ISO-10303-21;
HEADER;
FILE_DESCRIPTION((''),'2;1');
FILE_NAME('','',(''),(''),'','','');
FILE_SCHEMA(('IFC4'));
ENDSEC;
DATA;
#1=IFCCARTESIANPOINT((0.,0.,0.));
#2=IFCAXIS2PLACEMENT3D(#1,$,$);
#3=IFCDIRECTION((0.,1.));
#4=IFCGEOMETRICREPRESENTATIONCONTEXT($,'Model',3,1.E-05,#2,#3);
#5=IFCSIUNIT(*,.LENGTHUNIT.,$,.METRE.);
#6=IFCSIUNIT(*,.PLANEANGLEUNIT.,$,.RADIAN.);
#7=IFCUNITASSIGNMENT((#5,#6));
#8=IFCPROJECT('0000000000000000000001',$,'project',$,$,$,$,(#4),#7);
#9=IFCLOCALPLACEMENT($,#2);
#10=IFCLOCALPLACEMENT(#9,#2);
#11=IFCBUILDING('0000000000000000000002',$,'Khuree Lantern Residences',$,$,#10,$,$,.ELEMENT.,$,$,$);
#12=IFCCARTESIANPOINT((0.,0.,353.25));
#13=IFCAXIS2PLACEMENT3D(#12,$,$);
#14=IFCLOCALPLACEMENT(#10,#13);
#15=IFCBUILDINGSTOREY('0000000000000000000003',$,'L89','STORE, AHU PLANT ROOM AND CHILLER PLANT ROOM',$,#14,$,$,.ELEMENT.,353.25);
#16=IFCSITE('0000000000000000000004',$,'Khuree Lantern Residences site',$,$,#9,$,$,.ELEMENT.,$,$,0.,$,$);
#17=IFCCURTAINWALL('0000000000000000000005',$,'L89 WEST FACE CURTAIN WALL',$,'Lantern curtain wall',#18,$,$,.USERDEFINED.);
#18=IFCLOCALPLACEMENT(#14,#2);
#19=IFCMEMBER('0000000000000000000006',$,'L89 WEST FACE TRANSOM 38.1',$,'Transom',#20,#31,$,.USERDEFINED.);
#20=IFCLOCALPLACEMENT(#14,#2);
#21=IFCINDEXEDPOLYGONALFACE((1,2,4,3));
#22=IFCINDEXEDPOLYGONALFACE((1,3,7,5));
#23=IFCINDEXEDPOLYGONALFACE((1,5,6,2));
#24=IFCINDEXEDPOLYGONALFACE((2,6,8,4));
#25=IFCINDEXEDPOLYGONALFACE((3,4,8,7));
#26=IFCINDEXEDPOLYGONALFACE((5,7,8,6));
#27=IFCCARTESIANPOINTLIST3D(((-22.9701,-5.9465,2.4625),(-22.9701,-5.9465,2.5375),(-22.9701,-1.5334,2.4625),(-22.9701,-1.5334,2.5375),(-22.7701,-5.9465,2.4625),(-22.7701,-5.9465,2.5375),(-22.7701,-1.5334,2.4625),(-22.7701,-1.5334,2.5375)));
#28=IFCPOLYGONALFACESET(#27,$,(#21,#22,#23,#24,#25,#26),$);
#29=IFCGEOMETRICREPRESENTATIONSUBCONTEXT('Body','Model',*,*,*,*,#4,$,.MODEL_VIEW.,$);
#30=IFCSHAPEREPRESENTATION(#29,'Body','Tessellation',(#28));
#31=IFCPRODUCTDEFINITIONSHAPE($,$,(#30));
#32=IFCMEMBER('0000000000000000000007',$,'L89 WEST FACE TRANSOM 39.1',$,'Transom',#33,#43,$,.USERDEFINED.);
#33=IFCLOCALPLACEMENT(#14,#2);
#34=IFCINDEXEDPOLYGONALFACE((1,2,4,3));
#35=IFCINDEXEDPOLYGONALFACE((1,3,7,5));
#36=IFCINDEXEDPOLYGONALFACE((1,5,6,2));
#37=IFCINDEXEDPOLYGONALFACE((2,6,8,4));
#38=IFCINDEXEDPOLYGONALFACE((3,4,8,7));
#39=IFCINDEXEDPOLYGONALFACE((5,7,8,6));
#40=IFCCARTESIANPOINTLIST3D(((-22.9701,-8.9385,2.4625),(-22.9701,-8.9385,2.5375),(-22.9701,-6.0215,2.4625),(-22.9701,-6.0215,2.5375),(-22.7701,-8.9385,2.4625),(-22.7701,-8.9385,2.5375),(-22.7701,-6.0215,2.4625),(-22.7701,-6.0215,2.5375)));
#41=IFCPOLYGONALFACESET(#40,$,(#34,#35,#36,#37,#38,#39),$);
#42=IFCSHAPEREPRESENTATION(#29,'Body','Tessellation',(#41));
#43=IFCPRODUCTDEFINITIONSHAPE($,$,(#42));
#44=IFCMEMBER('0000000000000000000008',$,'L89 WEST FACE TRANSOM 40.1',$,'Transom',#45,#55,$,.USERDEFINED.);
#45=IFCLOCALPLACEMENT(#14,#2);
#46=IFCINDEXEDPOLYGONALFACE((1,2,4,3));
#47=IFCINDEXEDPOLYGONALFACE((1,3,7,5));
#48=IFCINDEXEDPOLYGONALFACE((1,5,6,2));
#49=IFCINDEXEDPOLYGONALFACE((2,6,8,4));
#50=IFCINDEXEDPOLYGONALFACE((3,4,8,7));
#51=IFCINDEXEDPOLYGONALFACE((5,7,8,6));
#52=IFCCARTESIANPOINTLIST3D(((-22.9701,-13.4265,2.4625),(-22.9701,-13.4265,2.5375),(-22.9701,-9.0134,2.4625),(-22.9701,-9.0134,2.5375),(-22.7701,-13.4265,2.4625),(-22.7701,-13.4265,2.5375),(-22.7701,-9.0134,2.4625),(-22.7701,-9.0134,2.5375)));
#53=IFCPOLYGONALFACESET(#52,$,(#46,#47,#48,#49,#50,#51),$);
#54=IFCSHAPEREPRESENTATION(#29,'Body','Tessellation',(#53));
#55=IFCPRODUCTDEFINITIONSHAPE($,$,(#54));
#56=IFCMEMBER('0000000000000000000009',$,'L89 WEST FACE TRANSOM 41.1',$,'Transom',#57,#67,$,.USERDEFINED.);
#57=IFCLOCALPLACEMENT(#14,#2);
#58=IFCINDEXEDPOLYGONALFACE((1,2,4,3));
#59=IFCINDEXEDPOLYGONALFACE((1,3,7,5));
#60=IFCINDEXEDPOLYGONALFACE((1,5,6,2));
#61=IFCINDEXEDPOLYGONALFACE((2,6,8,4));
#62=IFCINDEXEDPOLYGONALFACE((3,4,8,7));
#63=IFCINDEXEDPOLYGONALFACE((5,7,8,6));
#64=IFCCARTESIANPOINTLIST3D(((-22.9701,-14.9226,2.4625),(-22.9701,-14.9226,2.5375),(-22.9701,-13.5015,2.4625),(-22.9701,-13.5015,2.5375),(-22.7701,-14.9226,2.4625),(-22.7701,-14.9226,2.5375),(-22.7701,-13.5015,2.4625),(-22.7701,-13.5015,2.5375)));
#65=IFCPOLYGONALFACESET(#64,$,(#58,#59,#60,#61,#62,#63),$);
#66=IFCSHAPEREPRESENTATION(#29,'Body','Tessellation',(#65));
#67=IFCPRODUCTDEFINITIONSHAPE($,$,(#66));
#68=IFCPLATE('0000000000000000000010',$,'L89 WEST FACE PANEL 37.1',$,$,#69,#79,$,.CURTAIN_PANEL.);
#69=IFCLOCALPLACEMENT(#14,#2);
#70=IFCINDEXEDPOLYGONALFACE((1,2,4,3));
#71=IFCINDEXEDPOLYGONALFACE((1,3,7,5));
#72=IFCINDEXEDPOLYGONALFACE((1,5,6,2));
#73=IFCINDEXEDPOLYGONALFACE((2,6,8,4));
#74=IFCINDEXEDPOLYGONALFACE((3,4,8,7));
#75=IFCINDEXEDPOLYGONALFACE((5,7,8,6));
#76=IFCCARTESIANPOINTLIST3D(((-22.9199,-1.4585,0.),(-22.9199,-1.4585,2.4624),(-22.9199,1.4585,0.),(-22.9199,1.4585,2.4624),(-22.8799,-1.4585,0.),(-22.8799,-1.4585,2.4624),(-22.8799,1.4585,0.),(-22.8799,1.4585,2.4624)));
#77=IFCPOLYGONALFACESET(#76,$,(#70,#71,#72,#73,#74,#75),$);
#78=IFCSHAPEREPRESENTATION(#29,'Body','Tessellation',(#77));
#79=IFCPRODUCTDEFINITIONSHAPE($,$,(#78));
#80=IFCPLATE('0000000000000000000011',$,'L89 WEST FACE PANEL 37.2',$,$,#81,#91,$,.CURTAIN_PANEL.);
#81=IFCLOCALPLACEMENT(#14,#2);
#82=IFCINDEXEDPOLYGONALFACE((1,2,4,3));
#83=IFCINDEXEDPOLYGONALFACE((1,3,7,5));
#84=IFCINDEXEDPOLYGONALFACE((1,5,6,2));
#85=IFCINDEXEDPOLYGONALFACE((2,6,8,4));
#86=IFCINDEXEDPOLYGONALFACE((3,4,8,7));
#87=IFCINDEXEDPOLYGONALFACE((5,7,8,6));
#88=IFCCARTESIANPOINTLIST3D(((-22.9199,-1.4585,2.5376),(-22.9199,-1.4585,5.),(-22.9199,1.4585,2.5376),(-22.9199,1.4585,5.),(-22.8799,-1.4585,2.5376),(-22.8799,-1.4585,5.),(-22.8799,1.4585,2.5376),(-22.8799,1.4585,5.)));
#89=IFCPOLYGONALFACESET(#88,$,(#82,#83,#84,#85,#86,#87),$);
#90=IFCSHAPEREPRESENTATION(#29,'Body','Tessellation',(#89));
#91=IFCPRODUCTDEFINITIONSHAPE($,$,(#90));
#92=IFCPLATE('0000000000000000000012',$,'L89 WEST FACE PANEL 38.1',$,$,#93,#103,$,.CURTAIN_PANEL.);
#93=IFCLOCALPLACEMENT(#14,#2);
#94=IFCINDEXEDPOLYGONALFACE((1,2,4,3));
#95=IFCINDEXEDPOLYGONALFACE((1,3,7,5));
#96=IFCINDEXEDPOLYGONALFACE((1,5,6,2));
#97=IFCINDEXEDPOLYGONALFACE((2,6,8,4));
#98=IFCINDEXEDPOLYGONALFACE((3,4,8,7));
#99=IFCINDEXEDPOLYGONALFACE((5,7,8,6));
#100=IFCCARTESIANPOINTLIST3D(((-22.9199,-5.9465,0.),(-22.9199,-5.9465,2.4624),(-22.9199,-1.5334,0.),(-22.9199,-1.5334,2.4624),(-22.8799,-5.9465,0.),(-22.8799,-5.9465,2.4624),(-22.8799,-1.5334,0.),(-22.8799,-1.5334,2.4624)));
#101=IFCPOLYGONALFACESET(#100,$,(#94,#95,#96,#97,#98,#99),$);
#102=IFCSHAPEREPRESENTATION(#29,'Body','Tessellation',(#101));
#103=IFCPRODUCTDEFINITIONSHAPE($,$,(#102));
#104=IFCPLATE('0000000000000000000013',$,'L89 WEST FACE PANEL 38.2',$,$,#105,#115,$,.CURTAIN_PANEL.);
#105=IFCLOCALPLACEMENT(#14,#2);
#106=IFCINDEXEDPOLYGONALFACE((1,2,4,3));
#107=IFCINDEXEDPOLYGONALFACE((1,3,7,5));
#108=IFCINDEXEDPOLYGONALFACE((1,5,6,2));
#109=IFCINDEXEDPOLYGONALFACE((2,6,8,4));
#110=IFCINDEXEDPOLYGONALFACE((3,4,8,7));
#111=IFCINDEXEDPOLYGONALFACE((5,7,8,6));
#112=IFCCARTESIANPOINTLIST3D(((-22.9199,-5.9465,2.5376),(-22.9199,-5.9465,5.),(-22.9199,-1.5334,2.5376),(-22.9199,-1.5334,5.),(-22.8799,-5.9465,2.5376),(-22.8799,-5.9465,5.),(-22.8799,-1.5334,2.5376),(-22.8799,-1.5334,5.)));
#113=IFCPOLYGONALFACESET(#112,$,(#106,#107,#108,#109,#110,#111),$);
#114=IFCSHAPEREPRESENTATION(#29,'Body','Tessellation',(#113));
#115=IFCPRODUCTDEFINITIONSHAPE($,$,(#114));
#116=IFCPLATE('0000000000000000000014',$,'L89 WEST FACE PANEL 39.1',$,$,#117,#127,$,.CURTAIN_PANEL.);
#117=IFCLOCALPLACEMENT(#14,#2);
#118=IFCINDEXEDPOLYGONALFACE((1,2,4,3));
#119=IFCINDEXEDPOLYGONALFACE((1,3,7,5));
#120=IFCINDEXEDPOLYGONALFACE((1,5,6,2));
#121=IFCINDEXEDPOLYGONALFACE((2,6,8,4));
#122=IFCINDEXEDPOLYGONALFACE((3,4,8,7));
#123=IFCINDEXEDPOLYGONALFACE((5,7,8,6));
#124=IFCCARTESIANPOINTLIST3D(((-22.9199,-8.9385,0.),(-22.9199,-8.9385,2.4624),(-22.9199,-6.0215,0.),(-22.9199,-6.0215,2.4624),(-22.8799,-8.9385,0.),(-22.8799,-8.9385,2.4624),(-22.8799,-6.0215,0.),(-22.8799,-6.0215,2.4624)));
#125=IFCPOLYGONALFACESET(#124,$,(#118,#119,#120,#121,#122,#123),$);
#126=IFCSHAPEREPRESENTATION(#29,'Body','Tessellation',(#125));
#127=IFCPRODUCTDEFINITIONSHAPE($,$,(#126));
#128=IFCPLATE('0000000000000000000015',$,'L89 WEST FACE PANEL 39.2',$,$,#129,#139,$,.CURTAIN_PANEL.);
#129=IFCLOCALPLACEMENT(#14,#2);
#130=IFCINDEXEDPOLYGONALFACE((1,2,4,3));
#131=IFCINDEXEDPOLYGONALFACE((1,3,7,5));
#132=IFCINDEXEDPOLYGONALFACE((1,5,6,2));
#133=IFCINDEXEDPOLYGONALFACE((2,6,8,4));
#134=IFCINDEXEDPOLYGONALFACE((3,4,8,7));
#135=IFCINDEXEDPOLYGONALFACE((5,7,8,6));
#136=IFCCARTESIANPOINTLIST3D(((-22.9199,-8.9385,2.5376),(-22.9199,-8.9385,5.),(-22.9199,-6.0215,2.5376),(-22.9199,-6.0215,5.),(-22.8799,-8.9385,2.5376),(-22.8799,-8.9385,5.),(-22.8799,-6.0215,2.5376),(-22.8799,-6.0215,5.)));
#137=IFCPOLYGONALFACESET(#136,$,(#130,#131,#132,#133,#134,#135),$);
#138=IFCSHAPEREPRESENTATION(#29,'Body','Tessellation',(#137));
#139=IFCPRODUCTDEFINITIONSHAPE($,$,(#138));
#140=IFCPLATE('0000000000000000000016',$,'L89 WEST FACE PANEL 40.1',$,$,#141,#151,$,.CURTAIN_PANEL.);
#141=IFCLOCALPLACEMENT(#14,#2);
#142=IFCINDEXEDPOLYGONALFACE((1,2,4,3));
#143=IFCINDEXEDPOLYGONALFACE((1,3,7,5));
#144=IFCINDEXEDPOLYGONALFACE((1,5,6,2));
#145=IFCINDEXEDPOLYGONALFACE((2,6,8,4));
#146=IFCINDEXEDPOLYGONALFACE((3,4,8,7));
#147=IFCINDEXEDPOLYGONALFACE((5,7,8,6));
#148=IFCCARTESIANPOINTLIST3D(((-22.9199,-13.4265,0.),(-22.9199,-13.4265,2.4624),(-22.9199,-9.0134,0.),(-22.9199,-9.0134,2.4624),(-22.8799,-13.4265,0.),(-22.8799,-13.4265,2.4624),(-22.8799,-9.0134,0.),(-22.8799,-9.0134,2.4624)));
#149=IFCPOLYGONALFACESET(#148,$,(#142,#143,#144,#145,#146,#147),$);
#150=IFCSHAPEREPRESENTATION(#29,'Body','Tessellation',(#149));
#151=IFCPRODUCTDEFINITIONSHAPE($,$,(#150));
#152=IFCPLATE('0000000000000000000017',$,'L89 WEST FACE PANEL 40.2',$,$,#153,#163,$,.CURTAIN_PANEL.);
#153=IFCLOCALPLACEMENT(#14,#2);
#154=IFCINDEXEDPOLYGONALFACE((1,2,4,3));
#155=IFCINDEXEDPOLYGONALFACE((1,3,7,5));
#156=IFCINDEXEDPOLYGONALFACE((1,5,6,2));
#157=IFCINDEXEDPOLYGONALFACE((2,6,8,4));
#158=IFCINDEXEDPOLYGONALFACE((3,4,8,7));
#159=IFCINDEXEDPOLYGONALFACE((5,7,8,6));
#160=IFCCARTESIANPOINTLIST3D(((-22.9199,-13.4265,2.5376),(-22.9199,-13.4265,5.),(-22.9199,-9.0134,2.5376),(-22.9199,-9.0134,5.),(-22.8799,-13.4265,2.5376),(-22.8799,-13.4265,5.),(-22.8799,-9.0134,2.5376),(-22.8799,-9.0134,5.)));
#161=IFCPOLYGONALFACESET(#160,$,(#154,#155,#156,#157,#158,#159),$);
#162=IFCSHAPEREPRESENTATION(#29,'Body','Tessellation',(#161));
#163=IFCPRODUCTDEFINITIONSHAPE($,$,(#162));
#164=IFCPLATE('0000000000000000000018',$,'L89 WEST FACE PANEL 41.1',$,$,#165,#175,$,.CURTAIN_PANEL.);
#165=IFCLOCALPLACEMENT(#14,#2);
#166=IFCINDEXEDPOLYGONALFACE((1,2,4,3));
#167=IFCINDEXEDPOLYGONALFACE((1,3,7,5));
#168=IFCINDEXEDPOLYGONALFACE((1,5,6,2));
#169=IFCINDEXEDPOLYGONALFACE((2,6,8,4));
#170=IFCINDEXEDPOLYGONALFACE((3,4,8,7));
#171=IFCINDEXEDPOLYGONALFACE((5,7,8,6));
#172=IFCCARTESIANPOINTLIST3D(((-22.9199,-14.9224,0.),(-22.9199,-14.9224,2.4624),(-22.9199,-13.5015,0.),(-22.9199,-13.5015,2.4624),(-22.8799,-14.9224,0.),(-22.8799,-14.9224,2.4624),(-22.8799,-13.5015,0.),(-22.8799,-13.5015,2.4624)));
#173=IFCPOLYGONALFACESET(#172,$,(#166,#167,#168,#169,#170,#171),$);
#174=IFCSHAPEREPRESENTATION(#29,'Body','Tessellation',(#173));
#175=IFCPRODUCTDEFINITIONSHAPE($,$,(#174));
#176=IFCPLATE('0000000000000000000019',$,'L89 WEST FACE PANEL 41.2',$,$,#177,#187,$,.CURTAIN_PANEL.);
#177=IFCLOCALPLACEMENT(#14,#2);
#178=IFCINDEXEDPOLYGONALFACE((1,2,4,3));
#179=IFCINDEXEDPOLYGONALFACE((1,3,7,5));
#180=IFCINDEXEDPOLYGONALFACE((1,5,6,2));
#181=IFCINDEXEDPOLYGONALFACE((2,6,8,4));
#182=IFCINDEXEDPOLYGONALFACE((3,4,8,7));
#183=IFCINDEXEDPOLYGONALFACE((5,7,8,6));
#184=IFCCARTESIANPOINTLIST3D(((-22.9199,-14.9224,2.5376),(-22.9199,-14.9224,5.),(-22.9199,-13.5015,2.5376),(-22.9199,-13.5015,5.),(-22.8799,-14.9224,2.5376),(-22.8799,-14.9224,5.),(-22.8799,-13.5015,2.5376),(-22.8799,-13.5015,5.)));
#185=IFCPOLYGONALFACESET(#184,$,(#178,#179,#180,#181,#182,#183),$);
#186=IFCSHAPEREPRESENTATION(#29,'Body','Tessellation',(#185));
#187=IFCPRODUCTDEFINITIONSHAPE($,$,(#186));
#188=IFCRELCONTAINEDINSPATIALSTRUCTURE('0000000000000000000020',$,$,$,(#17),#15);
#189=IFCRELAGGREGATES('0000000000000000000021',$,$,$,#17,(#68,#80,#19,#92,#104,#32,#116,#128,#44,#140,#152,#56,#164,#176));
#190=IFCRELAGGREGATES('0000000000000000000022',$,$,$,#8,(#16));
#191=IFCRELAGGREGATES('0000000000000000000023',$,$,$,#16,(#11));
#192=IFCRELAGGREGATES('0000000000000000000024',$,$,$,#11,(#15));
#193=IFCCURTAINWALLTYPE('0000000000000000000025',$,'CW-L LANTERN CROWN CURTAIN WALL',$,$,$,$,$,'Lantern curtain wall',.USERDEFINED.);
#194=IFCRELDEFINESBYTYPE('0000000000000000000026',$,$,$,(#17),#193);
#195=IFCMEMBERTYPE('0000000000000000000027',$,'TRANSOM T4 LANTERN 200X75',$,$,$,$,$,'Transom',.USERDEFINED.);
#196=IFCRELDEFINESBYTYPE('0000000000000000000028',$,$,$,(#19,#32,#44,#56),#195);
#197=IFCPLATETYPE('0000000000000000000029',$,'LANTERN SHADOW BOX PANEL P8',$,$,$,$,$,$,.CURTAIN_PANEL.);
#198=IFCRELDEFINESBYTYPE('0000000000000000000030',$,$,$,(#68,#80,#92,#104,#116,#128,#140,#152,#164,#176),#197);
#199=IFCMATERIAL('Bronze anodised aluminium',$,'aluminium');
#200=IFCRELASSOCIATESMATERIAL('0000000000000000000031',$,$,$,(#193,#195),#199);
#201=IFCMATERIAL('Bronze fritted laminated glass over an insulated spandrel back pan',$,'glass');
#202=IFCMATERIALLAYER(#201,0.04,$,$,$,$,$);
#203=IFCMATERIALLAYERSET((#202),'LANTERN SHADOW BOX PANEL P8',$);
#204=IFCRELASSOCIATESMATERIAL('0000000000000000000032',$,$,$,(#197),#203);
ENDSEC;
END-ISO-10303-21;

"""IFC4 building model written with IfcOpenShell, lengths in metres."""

from ifc_helpers import new_model, si_unit, direction, frame, origin, origin_2d, place, context, subcontext, project, spatial, rectangle, extrude, material, layer, layer_set, material_profile, profile_set, type_object, element, aggregate, save


model = new_model("IFC4")

# Units and contexts
model_context = context("Model", 3, precision=1e-05, world=origin(), true_north=direction((0.0, 1.0)))
body_context = subcontext(model_context, "Body", "Model", "MODEL_VIEW")
ifc_project = project(units=[si_unit("LENGTHUNIT", "METRE"), si_unit("PLANEANGLEUNIT", "RADIAN")], contexts=[model_context])

# Site, building, storey
site_placement = place(None, origin())
site = spatial("IfcSite", under=ifc_project, at=site_placement, Name="Khuree Lantern Residences site", CompositionType="ELEMENT", RefElevation=0.0)
building_placement = place(site_placement, origin())
building = spatial("IfcBuilding", under=site, at=building_placement, Name="Khuree Lantern Residences", CompositionType="ELEMENT")
storey_placement = place(building_placement, frame((0.0, 0.0, 353.25)))
storey = spatial("IfcBuildingStorey", under=building, at=storey_placement, Name="L89", Description="STORE, AHU PLANT ROOM AND CHILLER PLANT ROOM", CompositionType="ELEMENT", Elevation=353.25)

# Curtain wall
ifc_material_1 = material(Name="Bronze anodised aluminium", Category="aluminium")
curtain_wall_type = type_object("IfcCurtainWallType", Name="CW-L LANTERN CROWN CURTAIN WALL", ElementType="Lantern curtain wall", PredefinedType="USERDEFINED", material=ifc_material_1)
curtain_wall_placement = place(storey_placement, origin())
curtain_wall = element("IfcCurtainWall", 1, at=curtain_wall_placement, inside=storey, type_object=curtain_wall_type, Name="L89 WEST FACE CURTAIN WALL", ObjectType="Lantern curtain wall", PredefinedType="USERDEFINED")

# Members
ifc_material_profile_1 = material_profile(ifc_material_1, rectangle(XDim=0.2, YDim=0.075, at=origin_2d()), Name="T4 200X75")
ifc_profile_set_1 = profile_set([ifc_material_profile_1], Name="Bronze anodised aluminium")
member_type_1 = type_object("IfcMemberType", Name="TRANSOM T4 LANTERN 200X75", ElementType="Transom", PredefinedType="USERDEFINED", material=ifc_profile_set_1)
member_1_placement = place(storey_placement, frame((-22.8701, -1.5334, 2.5), z_axis=(0.0, -1.0, 0.0), x_axis=(1.0, 0.0, 0.0)))
member_1 = element("IfcMember", 2, at=member_1_placement, type_object=member_type_1, Name="L89 WEST FACE TRANSOM 38.1", ObjectType="Transom", PredefinedType="USERDEFINED", context=body_context, shape_type="SweptSolid", body=[
    extrude(rectangle(XDim=0.2, YDim=0.075, at=origin_2d()), origin(), (0.0, 0.0, 1.0), 4.4131),
])
member_2_placement = place(storey_placement, frame((-22.8701, -6.0215, 2.5), z_axis=(0.0, -1.0, 0.0), x_axis=(1.0, 0.0, 0.0)))
member_2 = element("IfcMember", 3, at=member_2_placement, type_object=member_type_1, Name="L89 WEST FACE TRANSOM 39.1", ObjectType="Transom", PredefinedType="USERDEFINED", context=body_context, shape_type="SweptSolid", body=[
    extrude(rectangle(XDim=0.2, YDim=0.075, at=origin_2d()), origin(), (0.0, 0.0, 1.0), 2.917),
])
member_3_placement = place(storey_placement, frame((-22.8701, -9.0134, 2.5), z_axis=(0.0, -1.0, 0.0), x_axis=(1.0, 0.0, 0.0)))
member_3 = element("IfcMember", 4, at=member_3_placement, type_object=member_type_1, Name="L89 WEST FACE TRANSOM 40.1", ObjectType="Transom", PredefinedType="USERDEFINED", context=body_context, shape_type="SweptSolid", body=[
    extrude(rectangle(XDim=0.2, YDim=0.075, at=origin_2d()), origin(), (0.0, 0.0, 1.0), 4.4131),
])
member_4_placement = place(storey_placement, frame((-22.8701, -13.5015, 2.5), z_axis=(0.0, -1.0, 0.0), x_axis=(1.0, 0.0, 0.0)))
member_4 = element("IfcMember", 5, at=member_4_placement, type_object=member_type_1, Name="L89 WEST FACE TRANSOM 41.1", ObjectType="Transom", PredefinedType="USERDEFINED", context=body_context, shape_type="SweptSolid", body=[
    extrude(rectangle(XDim=0.2, YDim=0.075, at=origin_2d()), origin(), (0.0, 0.0, 1.0), 1.4211),
])

# Plates
ifc_material_2 = material(Name="Bronze fritted laminated glass over an insulated spandrel back pan", Category="glass")
ifc_layer = layer(ifc_material_2, 0.04)
ifc_layer_set = layer_set([ifc_layer], Name="LANTERN SHADOW BOX PANEL P8")
plate_type = type_object("IfcPlateType", Name="LANTERN SHADOW BOX PANEL P8", PredefinedType="CURTAIN_PANEL", material=ifc_layer_set)
plate_1_placement = place(storey_placement, frame((-22.8999, 0.0, 0.0), z_axis=(0.0, 0.0, 1.0), x_axis=(0.0, -1.0, 0.0)))
plate_1 = element("IfcPlate", 6, at=plate_1_placement, type_object=plate_type, Name="L89 WEST FACE PANEL 37.1", PredefinedType="CURTAIN_PANEL", context=body_context, shape_type="SweptSolid", body=[
    extrude(rectangle(XDim=2.917, YDim=0.04, at=origin_2d()), origin(), (0.0, 0.0, 1.0), 2.4624),
])
plate_2_placement = place(storey_placement, frame((-22.8999, 0.0, 2.5376), z_axis=(0.0, 0.0, 1.0), x_axis=(0.0, -1.0, 0.0)))
plate_2 = element("IfcPlate", 7, at=plate_2_placement, type_object=plate_type, Name="L89 WEST FACE PANEL 37.2", PredefinedType="CURTAIN_PANEL", context=body_context, shape_type="SweptSolid", body=[
    extrude(rectangle(XDim=2.917, YDim=0.04, at=origin_2d()), origin(), (0.0, 0.0, 1.0), 2.4624),
])
plate_3_placement = place(storey_placement, frame((-22.8999, -3.74, 0.0), z_axis=(0.0, 0.0, 1.0), x_axis=(0.0, -1.0, 0.0)))
plate_3 = element("IfcPlate", 8, at=plate_3_placement, type_object=plate_type, Name="L89 WEST FACE PANEL 38.1", PredefinedType="CURTAIN_PANEL", context=body_context, shape_type="SweptSolid", body=[
    extrude(rectangle(XDim=4.4131, YDim=0.04, at=origin_2d()), origin(), (0.0, 0.0, 1.0), 2.4624),
])
plate_4_placement = place(storey_placement, frame((-22.8999, -3.74, 2.5376), z_axis=(0.0, 0.0, 1.0), x_axis=(0.0, -1.0, 0.0)))
plate_4 = element("IfcPlate", 9, at=plate_4_placement, type_object=plate_type, Name="L89 WEST FACE PANEL 38.2", PredefinedType="CURTAIN_PANEL", context=body_context, shape_type="SweptSolid", body=[
    extrude(rectangle(XDim=4.4131, YDim=0.04, at=origin_2d()), origin(), (0.0, 0.0, 1.0), 2.4624),
])
plate_5_placement = place(storey_placement, frame((-22.8999, -7.48, 0.0), z_axis=(0.0, 0.0, 1.0), x_axis=(0.0, -1.0, 0.0)))
plate_5 = element("IfcPlate", 10, at=plate_5_placement, type_object=plate_type, Name="L89 WEST FACE PANEL 39.1", PredefinedType="CURTAIN_PANEL", context=body_context, shape_type="SweptSolid", body=[
    extrude(rectangle(XDim=2.917, YDim=0.04, at=origin_2d()), origin(), (0.0, 0.0, 1.0), 2.4624),
])
plate_6_placement = place(storey_placement, frame((-22.8999, -7.48, 2.5376), z_axis=(0.0, 0.0, 1.0), x_axis=(0.0, -1.0, 0.0)))
plate_6 = element("IfcPlate", 11, at=plate_6_placement, type_object=plate_type, Name="L89 WEST FACE PANEL 39.2", PredefinedType="CURTAIN_PANEL", context=body_context, shape_type="SweptSolid", body=[
    extrude(rectangle(XDim=2.917, YDim=0.04, at=origin_2d()), origin(), (0.0, 0.0, 1.0), 2.4624),
])
plate_7_placement = place(storey_placement, frame((-22.8999, -11.22, 0.0), z_axis=(0.0, 0.0, 1.0), x_axis=(0.0, -1.0, 0.0)))
plate_7 = element("IfcPlate", 12, at=plate_7_placement, type_object=plate_type, Name="L89 WEST FACE PANEL 40.1", PredefinedType="CURTAIN_PANEL", context=body_context, shape_type="SweptSolid", body=[
    extrude(rectangle(XDim=4.4131, YDim=0.04, at=origin_2d()), origin(), (0.0, 0.0, 1.0), 2.4624),
])
plate_8_placement = place(storey_placement, frame((-22.8999, -11.22, 2.5376), z_axis=(0.0, 0.0, 1.0), x_axis=(0.0, -1.0, 0.0)))
plate_8 = element("IfcPlate", 13, at=plate_8_placement, type_object=plate_type, Name="L89 WEST FACE PANEL 40.2", PredefinedType="CURTAIN_PANEL", context=body_context, shape_type="SweptSolid", body=[
    extrude(rectangle(XDim=4.4131, YDim=0.04, at=origin_2d()), origin(), (0.0, 0.0, 1.0), 2.4624),
])
plate_9_placement = place(storey_placement, frame((-22.8999, -14.2119, 0.0), z_axis=(0.0, 0.0, 1.0), x_axis=(0.0, -1.0, 0.0)))
plate_9 = element("IfcPlate", 14, at=plate_9_placement, type_object=plate_type, Name="L89 WEST FACE PANEL 41.1", PredefinedType="CURTAIN_PANEL", context=body_context, shape_type="SweptSolid", body=[
    extrude(rectangle(XDim=1.4209, YDim=0.04, at=origin_2d()), origin(), (0.0, 0.0, 1.0), 2.4624),
])
plate_10_placement = place(storey_placement, frame((-22.8999, -14.2119, 2.5376), z_axis=(0.0, 0.0, 1.0), x_axis=(0.0, -1.0, 0.0)))
plate_10 = element("IfcPlate", 15, at=plate_10_placement, type_object=plate_type, Name="L89 WEST FACE PANEL 41.2", PredefinedType="CURTAIN_PANEL", context=body_context, shape_type="SweptSolid", body=[
    extrude(rectangle(XDim=1.4209, YDim=0.04, at=origin_2d()), origin(), (0.0, 0.0, 1.0), 2.4624),
])
aggregate(curtain_wall, [plate_1, plate_2, member_1, plate_3, plate_4, member_2, plate_5, plate_6, member_3, plate_7, plate_8, member_4, plate_9, plate_10])

save(model, "model.ifc")
